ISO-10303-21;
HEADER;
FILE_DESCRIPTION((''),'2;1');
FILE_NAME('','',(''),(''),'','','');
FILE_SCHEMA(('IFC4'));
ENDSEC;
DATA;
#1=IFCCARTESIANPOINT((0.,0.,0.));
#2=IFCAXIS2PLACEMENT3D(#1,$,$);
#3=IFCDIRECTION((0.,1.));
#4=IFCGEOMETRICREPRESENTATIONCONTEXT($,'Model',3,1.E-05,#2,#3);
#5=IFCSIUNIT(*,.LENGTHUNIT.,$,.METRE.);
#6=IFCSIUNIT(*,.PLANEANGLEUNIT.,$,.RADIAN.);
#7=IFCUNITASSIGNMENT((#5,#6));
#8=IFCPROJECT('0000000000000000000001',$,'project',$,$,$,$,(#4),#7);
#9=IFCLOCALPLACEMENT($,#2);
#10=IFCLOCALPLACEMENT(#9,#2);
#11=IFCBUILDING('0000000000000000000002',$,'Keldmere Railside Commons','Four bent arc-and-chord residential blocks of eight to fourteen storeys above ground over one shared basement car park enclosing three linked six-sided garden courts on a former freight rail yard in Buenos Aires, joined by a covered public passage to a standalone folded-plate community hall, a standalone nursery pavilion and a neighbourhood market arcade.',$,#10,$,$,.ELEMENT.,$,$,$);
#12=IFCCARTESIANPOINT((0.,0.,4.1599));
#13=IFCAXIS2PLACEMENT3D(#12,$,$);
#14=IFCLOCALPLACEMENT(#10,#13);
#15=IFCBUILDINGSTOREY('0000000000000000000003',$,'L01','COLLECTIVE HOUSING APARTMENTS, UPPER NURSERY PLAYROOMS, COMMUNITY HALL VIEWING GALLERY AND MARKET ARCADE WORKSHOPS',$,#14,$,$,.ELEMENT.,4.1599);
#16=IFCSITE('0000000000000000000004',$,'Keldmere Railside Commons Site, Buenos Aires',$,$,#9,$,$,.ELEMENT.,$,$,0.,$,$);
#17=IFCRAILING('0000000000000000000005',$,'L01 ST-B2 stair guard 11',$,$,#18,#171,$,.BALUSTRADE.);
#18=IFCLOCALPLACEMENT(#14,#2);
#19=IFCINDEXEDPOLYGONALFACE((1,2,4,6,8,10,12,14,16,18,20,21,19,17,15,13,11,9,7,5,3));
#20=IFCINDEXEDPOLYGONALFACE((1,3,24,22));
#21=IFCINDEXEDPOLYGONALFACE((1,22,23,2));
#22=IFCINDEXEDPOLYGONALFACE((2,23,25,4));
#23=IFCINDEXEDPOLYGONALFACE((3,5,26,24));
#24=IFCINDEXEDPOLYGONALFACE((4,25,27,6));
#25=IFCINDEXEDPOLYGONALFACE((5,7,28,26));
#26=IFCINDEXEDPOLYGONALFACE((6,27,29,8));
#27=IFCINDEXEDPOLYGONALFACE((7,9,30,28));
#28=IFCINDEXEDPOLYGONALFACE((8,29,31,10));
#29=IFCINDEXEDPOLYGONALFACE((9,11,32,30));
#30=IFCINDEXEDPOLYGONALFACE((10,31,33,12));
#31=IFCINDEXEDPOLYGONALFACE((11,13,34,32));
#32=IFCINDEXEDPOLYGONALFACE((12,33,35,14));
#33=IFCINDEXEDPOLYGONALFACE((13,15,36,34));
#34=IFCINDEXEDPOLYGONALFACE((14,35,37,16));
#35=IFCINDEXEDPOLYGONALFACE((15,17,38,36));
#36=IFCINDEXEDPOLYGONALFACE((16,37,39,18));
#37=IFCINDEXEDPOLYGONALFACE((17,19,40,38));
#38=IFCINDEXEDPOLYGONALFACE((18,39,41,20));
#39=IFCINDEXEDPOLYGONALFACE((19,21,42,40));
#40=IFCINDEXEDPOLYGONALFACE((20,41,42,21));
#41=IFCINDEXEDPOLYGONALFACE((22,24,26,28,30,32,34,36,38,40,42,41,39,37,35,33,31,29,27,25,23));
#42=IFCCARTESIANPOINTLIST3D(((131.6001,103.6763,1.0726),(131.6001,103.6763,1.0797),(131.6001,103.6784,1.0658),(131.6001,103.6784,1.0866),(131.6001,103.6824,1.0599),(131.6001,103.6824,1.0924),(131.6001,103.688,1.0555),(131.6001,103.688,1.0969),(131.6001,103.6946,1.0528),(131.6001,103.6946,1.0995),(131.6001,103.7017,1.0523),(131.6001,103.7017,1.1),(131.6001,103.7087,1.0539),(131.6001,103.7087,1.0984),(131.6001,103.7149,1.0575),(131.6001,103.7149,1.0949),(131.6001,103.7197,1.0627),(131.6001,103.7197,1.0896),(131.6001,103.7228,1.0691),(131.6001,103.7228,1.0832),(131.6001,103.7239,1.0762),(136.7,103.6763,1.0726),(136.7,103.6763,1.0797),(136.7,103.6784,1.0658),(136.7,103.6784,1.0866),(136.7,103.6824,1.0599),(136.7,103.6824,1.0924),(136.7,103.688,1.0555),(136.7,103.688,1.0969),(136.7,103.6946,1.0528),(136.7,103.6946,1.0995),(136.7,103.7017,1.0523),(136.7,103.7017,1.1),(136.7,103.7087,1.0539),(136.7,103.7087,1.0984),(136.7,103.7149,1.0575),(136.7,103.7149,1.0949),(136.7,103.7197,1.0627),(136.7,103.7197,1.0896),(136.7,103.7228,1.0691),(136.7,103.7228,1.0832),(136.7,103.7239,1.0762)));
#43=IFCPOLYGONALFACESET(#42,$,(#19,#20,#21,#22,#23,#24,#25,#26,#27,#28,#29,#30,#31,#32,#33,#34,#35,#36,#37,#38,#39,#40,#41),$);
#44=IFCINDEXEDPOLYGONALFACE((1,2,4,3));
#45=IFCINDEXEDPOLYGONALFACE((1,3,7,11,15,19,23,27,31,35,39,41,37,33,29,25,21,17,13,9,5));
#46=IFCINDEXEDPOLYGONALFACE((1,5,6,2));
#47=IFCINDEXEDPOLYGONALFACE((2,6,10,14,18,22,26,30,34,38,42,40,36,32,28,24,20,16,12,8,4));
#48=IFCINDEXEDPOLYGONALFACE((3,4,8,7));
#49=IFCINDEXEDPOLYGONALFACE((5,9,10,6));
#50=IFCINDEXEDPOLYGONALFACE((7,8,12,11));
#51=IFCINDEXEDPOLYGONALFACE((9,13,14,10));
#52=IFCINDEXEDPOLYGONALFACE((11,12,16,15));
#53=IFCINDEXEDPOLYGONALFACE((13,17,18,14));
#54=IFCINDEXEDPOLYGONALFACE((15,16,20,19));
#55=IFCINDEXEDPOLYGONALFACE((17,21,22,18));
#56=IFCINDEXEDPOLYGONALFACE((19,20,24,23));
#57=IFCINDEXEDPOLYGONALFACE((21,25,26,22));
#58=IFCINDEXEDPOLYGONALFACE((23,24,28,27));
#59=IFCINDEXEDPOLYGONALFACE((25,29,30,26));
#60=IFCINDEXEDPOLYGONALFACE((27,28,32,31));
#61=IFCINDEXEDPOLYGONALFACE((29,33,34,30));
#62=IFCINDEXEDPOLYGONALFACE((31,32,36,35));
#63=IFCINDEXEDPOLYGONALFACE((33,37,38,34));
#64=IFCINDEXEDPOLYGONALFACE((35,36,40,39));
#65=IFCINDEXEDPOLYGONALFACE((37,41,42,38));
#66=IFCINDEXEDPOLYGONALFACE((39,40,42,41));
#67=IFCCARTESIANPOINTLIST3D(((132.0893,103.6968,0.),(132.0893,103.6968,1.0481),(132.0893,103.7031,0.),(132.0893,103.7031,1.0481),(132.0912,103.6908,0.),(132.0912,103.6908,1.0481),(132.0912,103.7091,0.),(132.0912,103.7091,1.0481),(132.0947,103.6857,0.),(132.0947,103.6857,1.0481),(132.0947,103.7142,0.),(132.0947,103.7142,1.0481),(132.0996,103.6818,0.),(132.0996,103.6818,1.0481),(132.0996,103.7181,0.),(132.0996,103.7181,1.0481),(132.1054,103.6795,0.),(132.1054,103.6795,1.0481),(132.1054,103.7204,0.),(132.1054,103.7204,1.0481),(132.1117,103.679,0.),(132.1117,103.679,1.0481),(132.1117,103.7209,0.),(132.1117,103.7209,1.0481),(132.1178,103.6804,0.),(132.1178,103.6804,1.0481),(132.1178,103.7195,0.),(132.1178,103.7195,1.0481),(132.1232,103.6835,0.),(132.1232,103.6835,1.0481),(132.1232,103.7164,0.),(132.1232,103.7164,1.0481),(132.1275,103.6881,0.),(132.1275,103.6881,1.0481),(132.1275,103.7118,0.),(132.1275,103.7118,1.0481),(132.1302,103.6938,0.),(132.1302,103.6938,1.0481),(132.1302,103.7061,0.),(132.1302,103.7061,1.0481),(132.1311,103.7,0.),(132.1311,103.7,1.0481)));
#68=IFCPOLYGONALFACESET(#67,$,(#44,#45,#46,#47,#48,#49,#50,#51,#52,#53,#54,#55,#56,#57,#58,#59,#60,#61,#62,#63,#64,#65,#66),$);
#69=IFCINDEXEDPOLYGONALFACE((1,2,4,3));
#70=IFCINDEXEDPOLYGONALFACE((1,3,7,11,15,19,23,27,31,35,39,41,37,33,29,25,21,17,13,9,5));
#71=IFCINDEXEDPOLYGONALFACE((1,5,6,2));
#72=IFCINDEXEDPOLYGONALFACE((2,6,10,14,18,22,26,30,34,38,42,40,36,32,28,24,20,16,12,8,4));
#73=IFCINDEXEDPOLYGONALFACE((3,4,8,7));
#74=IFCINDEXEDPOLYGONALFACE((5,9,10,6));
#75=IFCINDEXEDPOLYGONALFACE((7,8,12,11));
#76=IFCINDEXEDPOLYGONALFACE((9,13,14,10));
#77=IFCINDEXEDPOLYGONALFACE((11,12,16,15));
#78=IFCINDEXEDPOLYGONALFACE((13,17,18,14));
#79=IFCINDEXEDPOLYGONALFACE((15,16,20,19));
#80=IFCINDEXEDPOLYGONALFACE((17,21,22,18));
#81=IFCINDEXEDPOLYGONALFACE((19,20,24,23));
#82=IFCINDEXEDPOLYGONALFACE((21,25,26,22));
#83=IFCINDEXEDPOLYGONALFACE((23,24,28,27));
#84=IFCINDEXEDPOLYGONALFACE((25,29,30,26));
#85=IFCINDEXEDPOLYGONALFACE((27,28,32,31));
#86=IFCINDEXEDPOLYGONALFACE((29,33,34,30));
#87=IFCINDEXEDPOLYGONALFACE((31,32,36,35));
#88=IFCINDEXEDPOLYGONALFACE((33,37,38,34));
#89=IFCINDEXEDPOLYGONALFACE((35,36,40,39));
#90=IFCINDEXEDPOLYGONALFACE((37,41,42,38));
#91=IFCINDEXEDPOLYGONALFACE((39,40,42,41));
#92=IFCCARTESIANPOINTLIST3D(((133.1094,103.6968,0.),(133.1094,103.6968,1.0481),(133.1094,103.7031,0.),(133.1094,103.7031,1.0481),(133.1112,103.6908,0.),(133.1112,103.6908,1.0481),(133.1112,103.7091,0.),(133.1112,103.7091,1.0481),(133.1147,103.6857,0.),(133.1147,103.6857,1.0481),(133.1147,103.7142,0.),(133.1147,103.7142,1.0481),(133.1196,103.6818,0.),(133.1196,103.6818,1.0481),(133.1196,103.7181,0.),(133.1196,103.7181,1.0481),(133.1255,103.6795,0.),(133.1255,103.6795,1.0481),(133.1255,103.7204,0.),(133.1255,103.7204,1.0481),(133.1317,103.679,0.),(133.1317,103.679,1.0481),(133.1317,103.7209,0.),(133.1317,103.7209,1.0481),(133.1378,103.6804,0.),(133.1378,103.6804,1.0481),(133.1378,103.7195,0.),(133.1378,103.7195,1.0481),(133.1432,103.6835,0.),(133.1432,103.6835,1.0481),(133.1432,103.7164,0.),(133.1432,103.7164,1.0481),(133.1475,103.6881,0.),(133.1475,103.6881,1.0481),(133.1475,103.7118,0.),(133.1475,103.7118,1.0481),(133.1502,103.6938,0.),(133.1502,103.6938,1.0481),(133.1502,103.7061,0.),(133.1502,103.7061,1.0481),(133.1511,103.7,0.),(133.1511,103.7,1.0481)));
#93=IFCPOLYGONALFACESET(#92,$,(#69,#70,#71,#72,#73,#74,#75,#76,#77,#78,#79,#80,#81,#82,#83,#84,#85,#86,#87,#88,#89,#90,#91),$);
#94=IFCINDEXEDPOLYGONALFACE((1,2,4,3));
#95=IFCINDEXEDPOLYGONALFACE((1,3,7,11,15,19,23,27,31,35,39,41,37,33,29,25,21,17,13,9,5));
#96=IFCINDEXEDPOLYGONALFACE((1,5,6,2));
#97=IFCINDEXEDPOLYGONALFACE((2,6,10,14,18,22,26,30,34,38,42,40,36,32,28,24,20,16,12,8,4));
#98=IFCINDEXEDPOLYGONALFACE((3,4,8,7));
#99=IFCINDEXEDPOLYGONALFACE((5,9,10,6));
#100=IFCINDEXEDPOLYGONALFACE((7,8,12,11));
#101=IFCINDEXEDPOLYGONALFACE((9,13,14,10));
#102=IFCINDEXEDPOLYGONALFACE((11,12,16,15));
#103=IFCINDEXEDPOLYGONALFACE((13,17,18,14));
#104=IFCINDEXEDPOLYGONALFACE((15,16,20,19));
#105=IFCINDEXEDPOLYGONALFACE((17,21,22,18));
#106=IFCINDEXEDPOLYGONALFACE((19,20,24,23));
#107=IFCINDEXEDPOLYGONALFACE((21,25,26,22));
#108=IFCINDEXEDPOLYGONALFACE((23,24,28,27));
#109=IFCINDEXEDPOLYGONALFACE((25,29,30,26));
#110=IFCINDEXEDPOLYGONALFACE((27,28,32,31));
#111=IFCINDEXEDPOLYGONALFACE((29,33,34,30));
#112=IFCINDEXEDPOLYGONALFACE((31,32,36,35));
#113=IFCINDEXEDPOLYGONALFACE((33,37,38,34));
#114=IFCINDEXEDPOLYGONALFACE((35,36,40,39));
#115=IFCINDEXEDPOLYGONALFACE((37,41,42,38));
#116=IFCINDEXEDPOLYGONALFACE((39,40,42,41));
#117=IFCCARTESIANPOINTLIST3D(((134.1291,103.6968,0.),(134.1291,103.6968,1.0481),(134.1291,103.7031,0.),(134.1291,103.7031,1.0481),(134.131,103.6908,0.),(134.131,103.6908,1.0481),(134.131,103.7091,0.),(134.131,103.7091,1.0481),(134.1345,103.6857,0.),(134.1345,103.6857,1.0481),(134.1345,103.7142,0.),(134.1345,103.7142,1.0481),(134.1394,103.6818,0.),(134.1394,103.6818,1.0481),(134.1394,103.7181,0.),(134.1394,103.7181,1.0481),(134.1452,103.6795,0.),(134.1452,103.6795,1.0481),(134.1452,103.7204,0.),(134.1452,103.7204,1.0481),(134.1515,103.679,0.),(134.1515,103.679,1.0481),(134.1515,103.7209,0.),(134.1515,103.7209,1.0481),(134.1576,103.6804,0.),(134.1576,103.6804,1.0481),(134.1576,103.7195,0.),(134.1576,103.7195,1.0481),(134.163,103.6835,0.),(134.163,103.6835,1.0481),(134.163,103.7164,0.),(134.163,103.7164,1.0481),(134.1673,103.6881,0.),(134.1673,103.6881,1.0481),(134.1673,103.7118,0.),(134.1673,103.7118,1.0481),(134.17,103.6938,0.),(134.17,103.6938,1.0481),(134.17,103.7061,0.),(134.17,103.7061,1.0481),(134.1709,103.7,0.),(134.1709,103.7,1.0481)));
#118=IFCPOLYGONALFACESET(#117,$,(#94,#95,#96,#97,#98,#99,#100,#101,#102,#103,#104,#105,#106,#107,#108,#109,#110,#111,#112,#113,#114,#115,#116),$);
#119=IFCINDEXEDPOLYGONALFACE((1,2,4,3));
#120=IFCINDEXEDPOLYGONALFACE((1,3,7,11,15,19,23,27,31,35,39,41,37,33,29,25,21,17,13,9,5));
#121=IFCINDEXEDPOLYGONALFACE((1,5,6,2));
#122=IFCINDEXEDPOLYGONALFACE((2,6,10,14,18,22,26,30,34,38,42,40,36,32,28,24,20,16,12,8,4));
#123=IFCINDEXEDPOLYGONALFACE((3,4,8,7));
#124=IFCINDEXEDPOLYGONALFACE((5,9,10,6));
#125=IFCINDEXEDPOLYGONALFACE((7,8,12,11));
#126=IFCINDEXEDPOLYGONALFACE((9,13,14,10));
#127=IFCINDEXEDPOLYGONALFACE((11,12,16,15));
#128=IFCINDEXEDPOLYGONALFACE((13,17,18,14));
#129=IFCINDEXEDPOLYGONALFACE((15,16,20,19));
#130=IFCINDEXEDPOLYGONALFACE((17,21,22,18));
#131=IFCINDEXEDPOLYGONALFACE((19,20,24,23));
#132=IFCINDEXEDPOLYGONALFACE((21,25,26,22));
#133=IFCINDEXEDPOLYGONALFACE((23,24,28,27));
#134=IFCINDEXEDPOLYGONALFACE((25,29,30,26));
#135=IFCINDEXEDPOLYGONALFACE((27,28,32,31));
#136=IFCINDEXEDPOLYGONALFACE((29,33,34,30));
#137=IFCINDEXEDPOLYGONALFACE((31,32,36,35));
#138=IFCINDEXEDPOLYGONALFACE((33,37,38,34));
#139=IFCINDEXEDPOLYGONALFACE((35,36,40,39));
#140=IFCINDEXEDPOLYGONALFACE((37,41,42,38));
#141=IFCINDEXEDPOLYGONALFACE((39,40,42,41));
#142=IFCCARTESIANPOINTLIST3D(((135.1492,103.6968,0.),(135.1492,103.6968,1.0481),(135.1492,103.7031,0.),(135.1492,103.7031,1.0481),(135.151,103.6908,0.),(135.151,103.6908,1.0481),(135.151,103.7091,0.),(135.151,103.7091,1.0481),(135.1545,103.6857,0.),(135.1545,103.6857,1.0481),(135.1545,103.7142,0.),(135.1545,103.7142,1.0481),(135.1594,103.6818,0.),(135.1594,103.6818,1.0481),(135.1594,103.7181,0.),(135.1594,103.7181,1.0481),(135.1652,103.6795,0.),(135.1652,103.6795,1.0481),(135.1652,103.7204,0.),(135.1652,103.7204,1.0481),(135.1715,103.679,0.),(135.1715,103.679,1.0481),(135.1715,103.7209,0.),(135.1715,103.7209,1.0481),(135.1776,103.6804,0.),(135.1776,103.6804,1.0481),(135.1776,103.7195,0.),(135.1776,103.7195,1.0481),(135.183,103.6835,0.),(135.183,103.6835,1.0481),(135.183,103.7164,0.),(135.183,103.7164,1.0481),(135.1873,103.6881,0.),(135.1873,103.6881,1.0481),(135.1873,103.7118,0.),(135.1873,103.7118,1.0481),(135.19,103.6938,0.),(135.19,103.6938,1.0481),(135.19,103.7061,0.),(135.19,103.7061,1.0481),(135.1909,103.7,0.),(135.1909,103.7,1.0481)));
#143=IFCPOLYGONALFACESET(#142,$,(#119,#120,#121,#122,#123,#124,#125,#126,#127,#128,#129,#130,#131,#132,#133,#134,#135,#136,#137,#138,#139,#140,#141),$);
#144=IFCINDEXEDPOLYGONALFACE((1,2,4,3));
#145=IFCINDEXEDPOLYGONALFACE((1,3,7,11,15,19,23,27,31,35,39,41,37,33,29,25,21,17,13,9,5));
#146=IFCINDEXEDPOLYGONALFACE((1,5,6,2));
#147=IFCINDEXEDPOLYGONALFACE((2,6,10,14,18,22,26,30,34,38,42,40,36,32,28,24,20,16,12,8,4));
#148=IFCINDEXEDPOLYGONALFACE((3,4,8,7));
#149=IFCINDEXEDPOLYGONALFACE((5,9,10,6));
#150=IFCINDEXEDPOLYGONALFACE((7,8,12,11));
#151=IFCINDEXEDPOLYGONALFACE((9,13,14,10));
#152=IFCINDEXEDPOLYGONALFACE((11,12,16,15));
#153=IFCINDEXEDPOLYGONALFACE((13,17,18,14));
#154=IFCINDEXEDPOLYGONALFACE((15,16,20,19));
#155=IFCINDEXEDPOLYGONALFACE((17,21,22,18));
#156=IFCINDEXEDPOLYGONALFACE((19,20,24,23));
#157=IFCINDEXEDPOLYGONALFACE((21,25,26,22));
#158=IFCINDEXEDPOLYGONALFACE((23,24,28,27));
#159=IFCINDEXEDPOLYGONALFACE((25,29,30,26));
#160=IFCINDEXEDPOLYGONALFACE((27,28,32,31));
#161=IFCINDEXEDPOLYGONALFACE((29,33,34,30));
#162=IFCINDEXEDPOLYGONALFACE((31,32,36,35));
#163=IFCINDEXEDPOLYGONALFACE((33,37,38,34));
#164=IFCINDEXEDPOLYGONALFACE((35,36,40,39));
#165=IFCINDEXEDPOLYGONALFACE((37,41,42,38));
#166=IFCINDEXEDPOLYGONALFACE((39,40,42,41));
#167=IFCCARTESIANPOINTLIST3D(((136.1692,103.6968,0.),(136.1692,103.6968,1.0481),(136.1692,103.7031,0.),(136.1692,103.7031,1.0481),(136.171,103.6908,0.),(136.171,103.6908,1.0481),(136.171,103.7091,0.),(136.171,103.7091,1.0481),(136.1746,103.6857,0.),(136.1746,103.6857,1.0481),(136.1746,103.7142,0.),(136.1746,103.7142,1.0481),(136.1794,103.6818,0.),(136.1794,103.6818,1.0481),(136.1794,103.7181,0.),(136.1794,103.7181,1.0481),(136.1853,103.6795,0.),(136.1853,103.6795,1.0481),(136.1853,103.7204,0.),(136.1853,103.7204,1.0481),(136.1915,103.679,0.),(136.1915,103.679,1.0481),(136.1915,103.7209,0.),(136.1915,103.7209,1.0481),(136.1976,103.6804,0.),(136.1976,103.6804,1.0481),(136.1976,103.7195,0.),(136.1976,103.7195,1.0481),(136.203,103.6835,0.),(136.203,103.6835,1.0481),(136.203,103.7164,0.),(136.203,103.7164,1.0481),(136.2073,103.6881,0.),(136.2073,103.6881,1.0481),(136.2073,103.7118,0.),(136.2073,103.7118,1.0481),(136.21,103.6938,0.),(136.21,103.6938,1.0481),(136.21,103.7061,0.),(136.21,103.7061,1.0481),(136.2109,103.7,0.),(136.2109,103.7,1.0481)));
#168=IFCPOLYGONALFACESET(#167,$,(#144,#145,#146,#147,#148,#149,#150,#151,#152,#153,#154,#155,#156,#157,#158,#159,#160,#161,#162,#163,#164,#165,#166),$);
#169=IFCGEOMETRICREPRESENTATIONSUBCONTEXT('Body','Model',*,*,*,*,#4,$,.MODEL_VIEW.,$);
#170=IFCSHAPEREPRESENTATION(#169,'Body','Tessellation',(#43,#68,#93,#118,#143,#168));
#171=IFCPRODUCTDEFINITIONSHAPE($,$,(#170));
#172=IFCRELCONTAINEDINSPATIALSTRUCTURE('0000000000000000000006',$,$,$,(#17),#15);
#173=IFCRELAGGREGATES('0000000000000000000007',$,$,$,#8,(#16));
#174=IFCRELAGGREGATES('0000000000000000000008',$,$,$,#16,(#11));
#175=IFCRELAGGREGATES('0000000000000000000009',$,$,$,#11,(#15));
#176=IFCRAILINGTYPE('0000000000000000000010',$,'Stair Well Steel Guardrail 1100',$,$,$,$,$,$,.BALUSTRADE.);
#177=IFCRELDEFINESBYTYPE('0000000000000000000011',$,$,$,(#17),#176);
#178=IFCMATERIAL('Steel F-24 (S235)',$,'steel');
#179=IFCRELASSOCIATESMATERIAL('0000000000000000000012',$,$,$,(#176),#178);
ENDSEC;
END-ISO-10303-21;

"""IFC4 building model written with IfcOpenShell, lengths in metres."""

from ifc_helpers import new_model, si_unit, direction, frame, origin, origin_2d, place, context, subcontext, project, spatial, circle, extrude, material, type_object, element, save


model = new_model("IFC4")

# Units and contexts
model_context = context("Model", 3, precision=1e-05, world=origin(), true_north=direction((0.0, 1.0)))
body_context = subcontext(model_context, "Body", "Model", "MODEL_VIEW")
ifc_project = project(units=[si_unit("LENGTHUNIT", "METRE"), si_unit("PLANEANGLEUNIT", "RADIAN")], contexts=[model_context])

# Site, building, storey
site_placement = place(None, origin())
site = spatial("IfcSite", under=ifc_project, at=site_placement, Name="Keldmere Railside Commons Site, Buenos Aires", CompositionType="ELEMENT", RefElevation=0.0)
building_placement = place(site_placement, origin())
building = spatial("IfcBuilding", under=site, at=building_placement, Name="Keldmere Railside Commons", Description="Four bent arc-and-chord residential blocks of eight to fourteen storeys above ground over one shared basement car park enclosing three linked six-sided garden courts on a former freight rail yard in Buenos Aires, joined by a covered public passage to a standalone folded-plate community hall, a standalone nursery pavilion and a neighbourhood market arcade.", CompositionType="ELEMENT")
storey_placement = place(building_placement, frame((0.0, 0.0, 4.1599)))
storey = spatial("IfcBuildingStorey", under=building, at=storey_placement, Name="L01", Description="COLLECTIVE HOUSING APARTMENTS, UPPER NURSERY PLAYROOMS, COMMUNITY HALL VIEWING GALLERY AND MARKET ARCADE WORKSHOPS", CompositionType="ELEMENT", Elevation=4.1599)

# Shared definitions
ifc_material_1 = material(Name="Steel F-24 (S235)", Category="steel")

# Railing
railing_type_1 = type_object("IfcRailingType", Name="Stair Well Steel Guardrail 1100", PredefinedType="BALUSTRADE", material=ifc_material_1)
for number, where, name in (
    (1, (131.6001, 103.7, 0.0), "L01 ST-B2 stair guard 11"),
):
    element("IfcRailing", number, at=place(storey_placement, frame(where)), inside=storey, type_object=railing_type_1, Name=name, PredefinedType="BALUSTRADE", context=body_context, shape_type="SweptSolid", body=[
        extrude(circle(Radius=0.0239, at=origin_2d()), frame((0.0, 0.0, 1.0762), z_axis=(1.0, 0.0, 0.0), x_axis=(0.0, 1.0, 0.0)), (0.0, 0.0, 1.0), 5.0999),
        extrude(circle(Radius=0.021, at=origin_2d()), frame((0.51, 0.0, 0.0)), (0.0, 0.0, 1.0), 1.0481),
        extrude(circle(Radius=0.021, at=origin_2d()), frame((1.53, 0.0, 0.0)), (0.0, 0.0, 1.0), 1.0481),
        extrude(circle(Radius=0.021, at=origin_2d()), frame((2.5498, 0.0, 0.0)), (0.0, 0.0, 1.0), 1.0481),
        extrude(circle(Radius=0.021, at=origin_2d()), frame((3.5698, 0.0, 0.0)), (0.0, 0.0, 1.0), 1.0481),
        extrude(circle(Radius=0.021, at=origin_2d()), frame((4.5898, 0.0, 0.0)), (0.0, 0.0, 1.0), 1.0481),
    ])

save(model, "model.ifc")
